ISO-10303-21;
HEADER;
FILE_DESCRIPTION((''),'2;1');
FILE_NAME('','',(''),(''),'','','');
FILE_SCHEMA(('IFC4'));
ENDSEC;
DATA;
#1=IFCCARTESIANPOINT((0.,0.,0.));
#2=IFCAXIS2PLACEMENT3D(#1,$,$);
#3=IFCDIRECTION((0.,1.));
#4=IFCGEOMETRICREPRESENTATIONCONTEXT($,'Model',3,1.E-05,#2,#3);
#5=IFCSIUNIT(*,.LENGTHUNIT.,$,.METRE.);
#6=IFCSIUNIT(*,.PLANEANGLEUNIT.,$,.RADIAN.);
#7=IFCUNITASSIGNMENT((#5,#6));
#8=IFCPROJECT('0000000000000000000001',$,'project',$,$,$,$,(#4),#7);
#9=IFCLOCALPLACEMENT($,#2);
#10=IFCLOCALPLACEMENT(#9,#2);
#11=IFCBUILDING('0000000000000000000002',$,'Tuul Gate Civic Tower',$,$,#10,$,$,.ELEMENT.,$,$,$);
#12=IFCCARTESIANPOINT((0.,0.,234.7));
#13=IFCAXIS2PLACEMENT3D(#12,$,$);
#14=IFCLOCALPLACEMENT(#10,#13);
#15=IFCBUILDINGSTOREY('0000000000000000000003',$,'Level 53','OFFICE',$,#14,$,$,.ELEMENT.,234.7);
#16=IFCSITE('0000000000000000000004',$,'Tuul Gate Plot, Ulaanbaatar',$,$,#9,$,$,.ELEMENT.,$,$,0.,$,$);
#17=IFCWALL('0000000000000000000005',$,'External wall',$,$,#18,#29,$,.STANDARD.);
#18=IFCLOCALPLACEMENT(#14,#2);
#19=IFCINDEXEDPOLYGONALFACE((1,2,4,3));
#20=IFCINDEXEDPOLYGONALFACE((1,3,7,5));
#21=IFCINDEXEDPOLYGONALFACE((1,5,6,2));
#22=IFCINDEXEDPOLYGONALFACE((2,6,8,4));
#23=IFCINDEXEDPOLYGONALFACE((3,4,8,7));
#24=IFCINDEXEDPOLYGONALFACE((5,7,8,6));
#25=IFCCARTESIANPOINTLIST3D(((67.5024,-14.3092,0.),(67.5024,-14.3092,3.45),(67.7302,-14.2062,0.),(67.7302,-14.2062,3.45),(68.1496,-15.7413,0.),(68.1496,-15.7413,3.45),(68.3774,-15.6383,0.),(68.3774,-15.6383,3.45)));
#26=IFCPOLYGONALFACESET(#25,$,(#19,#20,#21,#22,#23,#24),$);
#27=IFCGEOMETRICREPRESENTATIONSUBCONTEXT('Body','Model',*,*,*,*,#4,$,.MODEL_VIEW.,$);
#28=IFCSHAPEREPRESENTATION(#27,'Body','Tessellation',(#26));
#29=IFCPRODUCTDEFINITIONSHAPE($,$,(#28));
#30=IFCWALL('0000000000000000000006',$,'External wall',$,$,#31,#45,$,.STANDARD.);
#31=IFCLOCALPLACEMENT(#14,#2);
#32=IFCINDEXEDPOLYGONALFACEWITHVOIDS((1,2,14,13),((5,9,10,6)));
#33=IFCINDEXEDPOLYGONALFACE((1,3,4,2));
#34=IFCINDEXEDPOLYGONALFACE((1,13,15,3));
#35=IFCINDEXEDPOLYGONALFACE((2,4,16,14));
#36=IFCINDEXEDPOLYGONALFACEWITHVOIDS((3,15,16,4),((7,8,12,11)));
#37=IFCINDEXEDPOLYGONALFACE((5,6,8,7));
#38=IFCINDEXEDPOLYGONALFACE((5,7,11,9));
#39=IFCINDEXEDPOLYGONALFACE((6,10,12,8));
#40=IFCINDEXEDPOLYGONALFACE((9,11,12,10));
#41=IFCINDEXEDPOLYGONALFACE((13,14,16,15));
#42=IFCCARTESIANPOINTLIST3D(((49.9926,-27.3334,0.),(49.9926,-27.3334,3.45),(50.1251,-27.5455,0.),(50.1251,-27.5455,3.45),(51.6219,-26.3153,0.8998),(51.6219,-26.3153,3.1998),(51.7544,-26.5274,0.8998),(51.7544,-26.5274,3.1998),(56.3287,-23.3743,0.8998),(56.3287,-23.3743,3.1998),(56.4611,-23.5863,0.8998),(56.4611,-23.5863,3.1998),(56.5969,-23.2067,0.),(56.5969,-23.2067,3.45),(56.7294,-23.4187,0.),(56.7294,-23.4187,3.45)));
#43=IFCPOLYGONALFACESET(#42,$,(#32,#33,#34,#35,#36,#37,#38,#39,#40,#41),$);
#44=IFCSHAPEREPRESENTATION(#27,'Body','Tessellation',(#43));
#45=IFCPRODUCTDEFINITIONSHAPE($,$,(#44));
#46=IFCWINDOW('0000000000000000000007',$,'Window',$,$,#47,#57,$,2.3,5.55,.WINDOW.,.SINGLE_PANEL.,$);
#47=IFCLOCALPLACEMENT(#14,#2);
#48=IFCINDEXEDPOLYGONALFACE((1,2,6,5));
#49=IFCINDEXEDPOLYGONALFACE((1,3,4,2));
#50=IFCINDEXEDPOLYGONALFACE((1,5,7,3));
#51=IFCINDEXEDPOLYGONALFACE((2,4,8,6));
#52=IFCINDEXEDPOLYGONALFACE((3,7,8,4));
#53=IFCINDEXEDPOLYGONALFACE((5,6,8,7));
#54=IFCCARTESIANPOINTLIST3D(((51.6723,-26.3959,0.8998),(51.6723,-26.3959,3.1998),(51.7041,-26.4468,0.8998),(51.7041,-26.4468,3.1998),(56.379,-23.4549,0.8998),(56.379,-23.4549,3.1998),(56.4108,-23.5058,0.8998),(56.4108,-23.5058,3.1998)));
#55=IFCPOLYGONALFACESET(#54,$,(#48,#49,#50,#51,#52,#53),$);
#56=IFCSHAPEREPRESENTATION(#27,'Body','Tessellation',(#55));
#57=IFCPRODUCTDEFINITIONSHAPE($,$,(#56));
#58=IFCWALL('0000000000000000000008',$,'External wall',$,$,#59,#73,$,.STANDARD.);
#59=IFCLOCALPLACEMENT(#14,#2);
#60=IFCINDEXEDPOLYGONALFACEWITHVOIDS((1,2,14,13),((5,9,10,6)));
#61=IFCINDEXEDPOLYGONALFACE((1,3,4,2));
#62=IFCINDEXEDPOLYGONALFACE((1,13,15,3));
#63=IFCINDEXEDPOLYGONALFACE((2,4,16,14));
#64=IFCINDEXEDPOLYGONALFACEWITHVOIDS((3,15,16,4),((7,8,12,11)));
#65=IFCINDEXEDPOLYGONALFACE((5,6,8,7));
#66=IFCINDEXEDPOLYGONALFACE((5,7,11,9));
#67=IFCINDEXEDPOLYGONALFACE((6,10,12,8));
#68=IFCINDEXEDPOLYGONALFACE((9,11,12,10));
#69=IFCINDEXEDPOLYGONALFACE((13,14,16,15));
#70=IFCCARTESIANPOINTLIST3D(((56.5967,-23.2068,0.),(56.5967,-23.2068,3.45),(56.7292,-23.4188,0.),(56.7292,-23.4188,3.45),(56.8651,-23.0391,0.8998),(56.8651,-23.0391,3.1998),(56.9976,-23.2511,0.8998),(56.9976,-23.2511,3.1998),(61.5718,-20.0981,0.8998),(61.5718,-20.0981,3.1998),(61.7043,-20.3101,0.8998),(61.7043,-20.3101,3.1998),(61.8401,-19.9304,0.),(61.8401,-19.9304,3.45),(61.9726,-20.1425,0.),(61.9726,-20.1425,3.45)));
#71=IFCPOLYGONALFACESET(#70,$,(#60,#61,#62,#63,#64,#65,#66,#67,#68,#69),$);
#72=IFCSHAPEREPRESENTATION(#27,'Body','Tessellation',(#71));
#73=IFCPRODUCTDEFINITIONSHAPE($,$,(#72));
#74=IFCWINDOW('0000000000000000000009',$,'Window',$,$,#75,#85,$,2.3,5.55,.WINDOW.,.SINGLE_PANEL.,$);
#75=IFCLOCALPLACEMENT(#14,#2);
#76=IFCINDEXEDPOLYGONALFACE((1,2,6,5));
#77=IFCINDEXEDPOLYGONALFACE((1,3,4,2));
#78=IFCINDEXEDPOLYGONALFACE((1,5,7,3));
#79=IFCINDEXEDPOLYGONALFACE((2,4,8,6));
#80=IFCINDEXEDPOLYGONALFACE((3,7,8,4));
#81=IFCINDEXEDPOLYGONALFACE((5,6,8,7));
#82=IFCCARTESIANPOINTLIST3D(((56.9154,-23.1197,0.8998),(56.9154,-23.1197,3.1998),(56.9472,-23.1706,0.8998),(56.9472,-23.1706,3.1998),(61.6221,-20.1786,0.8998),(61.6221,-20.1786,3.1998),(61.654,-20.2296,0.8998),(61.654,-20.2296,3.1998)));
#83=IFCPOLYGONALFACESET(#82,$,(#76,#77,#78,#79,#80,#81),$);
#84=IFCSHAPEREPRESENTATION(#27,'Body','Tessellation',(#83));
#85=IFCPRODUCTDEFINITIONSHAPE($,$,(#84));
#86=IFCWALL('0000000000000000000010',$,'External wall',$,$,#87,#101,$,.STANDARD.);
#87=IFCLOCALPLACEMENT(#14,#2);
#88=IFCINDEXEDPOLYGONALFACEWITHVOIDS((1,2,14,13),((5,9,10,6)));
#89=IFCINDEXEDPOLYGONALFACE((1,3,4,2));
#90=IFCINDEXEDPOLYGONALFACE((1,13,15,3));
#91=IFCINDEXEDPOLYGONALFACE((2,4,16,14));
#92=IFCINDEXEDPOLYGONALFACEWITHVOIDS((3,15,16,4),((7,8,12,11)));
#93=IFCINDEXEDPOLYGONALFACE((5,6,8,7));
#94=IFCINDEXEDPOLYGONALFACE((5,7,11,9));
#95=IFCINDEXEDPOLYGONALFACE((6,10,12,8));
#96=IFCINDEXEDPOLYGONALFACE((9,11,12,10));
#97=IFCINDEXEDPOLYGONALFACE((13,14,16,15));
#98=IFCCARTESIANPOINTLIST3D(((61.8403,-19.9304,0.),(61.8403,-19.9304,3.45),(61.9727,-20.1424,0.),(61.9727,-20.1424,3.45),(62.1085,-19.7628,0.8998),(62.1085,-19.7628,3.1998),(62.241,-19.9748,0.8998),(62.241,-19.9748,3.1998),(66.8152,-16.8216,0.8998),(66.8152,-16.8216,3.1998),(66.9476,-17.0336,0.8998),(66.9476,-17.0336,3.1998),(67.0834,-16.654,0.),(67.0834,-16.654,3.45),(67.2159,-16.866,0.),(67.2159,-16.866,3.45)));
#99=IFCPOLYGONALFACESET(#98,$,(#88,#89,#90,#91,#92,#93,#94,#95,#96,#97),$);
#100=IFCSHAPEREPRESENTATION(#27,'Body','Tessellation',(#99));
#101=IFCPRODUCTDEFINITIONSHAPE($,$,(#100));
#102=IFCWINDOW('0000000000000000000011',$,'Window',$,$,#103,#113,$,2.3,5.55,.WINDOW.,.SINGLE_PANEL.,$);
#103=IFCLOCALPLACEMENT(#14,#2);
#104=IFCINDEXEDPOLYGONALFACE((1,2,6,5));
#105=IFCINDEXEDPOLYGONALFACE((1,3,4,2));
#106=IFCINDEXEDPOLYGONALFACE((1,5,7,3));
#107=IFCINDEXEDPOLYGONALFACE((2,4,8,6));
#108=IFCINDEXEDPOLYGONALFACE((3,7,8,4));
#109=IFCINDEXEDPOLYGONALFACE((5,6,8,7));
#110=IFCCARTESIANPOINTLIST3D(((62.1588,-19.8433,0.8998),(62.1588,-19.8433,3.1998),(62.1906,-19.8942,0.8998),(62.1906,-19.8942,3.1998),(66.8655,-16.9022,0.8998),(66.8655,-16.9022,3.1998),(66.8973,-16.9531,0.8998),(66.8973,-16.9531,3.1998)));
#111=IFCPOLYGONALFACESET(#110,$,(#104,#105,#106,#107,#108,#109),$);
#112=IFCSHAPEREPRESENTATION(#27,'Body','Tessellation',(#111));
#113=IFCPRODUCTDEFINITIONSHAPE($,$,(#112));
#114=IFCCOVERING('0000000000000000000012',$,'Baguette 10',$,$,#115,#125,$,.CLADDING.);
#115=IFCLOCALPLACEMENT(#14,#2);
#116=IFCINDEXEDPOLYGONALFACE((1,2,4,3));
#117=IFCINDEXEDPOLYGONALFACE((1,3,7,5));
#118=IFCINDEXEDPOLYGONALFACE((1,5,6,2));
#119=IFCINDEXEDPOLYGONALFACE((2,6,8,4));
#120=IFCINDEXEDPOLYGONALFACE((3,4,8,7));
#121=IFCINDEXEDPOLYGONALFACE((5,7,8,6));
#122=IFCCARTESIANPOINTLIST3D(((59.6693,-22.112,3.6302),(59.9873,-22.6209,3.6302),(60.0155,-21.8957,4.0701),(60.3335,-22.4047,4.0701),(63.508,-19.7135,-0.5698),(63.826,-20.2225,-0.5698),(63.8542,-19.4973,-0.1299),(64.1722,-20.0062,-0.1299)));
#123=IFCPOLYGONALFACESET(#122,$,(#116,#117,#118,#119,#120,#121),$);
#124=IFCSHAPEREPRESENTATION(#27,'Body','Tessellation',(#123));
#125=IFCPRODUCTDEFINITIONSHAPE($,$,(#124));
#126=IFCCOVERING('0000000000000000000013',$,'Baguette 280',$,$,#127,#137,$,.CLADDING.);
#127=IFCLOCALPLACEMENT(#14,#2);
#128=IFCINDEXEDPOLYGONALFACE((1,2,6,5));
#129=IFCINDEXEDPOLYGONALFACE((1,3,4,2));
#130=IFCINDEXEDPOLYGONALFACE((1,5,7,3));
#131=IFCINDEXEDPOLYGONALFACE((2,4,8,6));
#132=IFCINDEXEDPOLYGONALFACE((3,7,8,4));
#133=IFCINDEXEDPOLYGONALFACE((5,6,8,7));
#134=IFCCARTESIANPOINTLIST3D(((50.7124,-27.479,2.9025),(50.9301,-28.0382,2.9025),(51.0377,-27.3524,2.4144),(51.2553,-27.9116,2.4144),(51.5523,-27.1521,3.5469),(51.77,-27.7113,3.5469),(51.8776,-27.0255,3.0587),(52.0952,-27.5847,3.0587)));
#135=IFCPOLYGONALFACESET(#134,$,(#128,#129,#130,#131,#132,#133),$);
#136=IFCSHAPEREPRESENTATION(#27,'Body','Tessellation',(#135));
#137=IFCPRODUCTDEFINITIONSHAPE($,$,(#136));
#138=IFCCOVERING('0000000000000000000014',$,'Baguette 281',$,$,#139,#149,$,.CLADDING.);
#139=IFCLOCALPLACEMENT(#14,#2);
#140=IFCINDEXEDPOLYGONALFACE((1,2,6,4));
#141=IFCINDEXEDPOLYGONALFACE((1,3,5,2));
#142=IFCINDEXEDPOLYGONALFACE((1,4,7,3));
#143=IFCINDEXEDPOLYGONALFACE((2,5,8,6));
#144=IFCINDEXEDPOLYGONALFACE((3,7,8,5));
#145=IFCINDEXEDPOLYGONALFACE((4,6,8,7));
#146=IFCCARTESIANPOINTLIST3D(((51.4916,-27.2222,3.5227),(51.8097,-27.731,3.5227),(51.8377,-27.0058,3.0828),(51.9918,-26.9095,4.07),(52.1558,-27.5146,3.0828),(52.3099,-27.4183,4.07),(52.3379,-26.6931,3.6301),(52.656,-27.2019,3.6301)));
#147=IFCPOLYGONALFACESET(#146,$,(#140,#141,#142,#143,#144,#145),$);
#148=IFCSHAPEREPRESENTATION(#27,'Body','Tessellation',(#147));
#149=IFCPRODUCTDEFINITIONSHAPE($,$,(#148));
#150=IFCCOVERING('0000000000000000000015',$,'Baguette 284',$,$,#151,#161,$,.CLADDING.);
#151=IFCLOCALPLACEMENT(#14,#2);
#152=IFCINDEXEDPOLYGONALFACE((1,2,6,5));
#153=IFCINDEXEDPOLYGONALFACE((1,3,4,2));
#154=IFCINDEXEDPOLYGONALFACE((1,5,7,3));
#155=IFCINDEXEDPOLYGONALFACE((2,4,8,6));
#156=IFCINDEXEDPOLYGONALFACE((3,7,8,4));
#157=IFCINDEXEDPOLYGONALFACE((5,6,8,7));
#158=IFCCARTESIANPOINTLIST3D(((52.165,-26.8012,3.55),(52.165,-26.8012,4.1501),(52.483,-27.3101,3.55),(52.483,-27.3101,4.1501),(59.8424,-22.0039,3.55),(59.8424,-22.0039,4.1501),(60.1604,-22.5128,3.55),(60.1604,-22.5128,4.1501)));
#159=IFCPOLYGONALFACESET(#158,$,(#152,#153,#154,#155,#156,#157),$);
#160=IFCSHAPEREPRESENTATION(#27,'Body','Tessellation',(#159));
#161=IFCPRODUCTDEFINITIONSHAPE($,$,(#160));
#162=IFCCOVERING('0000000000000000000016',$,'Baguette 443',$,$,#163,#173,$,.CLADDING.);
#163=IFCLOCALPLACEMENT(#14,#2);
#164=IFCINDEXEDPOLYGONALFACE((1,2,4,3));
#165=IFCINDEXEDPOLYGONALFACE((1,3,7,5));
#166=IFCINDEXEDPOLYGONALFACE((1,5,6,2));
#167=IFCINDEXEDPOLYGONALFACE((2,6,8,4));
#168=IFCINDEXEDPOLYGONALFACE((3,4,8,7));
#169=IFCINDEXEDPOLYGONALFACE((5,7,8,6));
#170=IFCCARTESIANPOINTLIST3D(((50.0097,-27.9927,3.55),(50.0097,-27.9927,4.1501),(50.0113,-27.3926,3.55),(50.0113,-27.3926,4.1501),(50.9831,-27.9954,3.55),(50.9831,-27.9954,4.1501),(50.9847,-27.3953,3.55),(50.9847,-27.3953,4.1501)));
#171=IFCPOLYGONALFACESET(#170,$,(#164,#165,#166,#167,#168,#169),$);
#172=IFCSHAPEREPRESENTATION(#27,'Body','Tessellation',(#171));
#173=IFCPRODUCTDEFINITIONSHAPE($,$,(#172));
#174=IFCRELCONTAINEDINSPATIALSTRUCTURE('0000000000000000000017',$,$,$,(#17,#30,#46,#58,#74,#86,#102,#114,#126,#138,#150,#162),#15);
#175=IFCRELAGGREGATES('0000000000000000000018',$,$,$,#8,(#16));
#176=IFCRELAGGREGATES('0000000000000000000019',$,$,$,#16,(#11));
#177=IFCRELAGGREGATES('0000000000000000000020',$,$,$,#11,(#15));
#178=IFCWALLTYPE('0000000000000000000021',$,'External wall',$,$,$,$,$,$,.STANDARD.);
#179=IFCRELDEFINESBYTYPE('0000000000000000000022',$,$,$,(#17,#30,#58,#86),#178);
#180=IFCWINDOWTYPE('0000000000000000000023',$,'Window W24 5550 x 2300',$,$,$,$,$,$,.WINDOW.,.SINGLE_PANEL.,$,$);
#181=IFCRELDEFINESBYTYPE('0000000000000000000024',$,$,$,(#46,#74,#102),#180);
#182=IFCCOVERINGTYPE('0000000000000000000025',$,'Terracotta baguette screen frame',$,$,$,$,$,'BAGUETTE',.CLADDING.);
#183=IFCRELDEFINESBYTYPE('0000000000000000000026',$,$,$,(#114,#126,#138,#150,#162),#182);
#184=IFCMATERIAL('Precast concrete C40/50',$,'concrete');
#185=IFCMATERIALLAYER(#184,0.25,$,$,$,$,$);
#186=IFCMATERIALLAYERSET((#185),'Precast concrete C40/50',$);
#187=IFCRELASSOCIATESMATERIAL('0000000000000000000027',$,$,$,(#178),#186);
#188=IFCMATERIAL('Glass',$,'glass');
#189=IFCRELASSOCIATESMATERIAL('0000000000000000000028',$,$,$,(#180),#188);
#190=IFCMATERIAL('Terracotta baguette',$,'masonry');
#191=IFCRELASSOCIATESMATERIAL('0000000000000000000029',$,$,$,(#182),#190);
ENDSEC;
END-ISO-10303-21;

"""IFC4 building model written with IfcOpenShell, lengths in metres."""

from ifc_helpers import new_model, si_unit, direction, frame, frame_2d, origin, origin_2d, place, context, subcontext, project, spatial, rectangle, extrude, material, layer, layer_set, material_profile, profile_set, type_object, element, fill, save


model = new_model("IFC4")

# Units and contexts
model_context = context("Model", 3, precision=1e-05, world=origin(), true_north=direction((0.0, 1.0)))
body_context = subcontext(model_context, "Body", "Model", "MODEL_VIEW")
ifc_project = project(units=[si_unit("LENGTHUNIT", "METRE"), si_unit("PLANEANGLEUNIT", "RADIAN")], contexts=[model_context])

# Site, building, storey
site_placement = place(None, origin())
site = spatial("IfcSite", under=ifc_project, at=site_placement, Name="Tuul Gate Plot, Ulaanbaatar", CompositionType="ELEMENT", RefElevation=0.0)
building_placement = place(site_placement, origin())
building = spatial("IfcBuilding", under=site, at=building_placement, Name="Tuul Gate Civic Tower", CompositionType="ELEMENT")
storey_placement = place(building_placement, frame((0.0, 0.0, 234.7)))
storey = spatial("IfcBuildingStorey", under=building, at=storey_placement, Name="Level 53", Description="OFFICE", CompositionType="ELEMENT", Elevation=234.7)

# Wall
ifc_material_1 = material(Name="Precast concrete C40/50", Category="concrete")
ifc_layer = layer(ifc_material_1, 0.25)
ifc_layer_set = layer_set([ifc_layer], Name="Precast concrete C40/50")
wall_type = type_object("IfcWallType", Name="External wall", PredefinedType="STANDARD", material=ifc_layer_set)
wall_1_placement = place(storey_placement, frame((68.2634, -15.6897, 0.0), z_axis=(0.0, 0.0, 1.0), x_axis=(-0.411824, 0.911263, 0.0)))
element("IfcWall", 1, at=wall_1_placement, inside=storey, type_object=wall_type, Name="External wall", PredefinedType="STANDARD", context=body_context, shape_type="SweptSolid", body=[
    extrude(rectangle(XDim=1.5715, YDim=0.25, at=frame_2d((0.7856, 0.0))), origin(), (0.0, 0.0, 1.0), 3.45),
])

# Walls, openings, windows
wall_2_placement = place(storey_placement, frame((50.0588, -27.4395, 0.0), z_axis=(0.0, 0.0, 1.0), x_axis=(0.848053, 0.529912, 0.0)))
wall_2 = element("IfcWall", 2, at=wall_2_placement, inside=storey, type_object=wall_type, Name="External wall", PredefinedType="STANDARD", context=body_context, shape_type="SweptSolid", body=[
    extrude(rectangle(XDim=7.7876, YDim=0.25, at=frame_2d((3.8938, 0.0))), origin(), (0.0, 0.0, 1.0), 3.45),
])
opening_1_placement = place(wall_2_placement, frame((1.9214, 0.0, 0.8999)))
opening_1 = element("IfcOpeningElement", 3, at=opening_1_placement, cuts=wall_2, PredefinedType="OPENING", context=body_context, shape_type="SweptSolid", body=[
    extrude(rectangle(XDim=5.55, YDim=2.3, at=frame_2d((2.7749, 1.1499))), frame((0.0, 0.135, 0.0), z_axis=(0.0, -1.0, 0.0), x_axis=(1.0, 0.0, 0.0)), (0.0, 0.0, 1.0), 0.27),
])
ifc_material_2 = material(Name="Glass", Category="glass")
window_type = type_object("IfcWindowType", Name="Window W24 5550 x 2300", PartitioningType="SINGLE_PANEL", PredefinedType="WINDOW", material=ifc_material_2)
window_1_placement = place(opening_1_placement, origin())
window_1 = element("IfcWindow", 4, at=window_1_placement, inside=storey, type_object=window_type, Name="Window", OverallHeight=2.3, OverallWidth=5.55, PartitioningType="SINGLE_PANEL", PredefinedType="WINDOW", context=body_context, shape_type="SweptSolid", body=[
    extrude(rectangle(XDim=5.55, YDim=2.3, at=frame_2d((2.7749, 1.1499))), frame((0.0, 0.03, 0.0), z_axis=(0.0, -1.0, 0.0), x_axis=(1.0, 0.0, 0.0)), (0.0, 0.0, 1.0), 0.0601),
])
fill(opening_1, window_1)
wall_3_placement = place(storey_placement, frame((56.6631, -23.3127, 0.0), z_axis=(0.0, 0.0, 1.0), x_axis=(0.848054, 0.52991, 0.0)))
wall_3 = element("IfcWall", 5, at=wall_3_placement, inside=storey, type_object=wall_type, Name="External wall", PredefinedType="STANDARD", context=body_context, shape_type="SweptSolid", body=[
    extrude(rectangle(XDim=6.1829, YDim=0.25, at=frame_2d((3.0913, 0.0))), origin(), (0.0, 0.0, 1.0), 3.45),
])
opening_2_placement = place(wall_3_placement, frame((0.3164, 0.0, 0.8999)))
opening_2 = element("IfcOpeningElement", 6, at=opening_2_placement, cuts=wall_3, PredefinedType="OPENING", context=body_context, shape_type="SweptSolid", body=[
    extrude(rectangle(XDim=5.55, YDim=2.3, at=frame_2d((2.7749, 1.1499))), frame((0.0, 0.135, 0.0), z_axis=(0.0, -1.0, 0.0), x_axis=(1.0, 0.0, 0.0)), (0.0, 0.0, 1.0), 0.27),
])
window_2_placement = place(opening_2_placement, origin())
window_2 = element("IfcWindow", 7, at=window_2_placement, inside=storey, type_object=window_type, Name="Window", OverallHeight=2.3, OverallWidth=5.55, PartitioningType="SINGLE_PANEL", PredefinedType="WINDOW", context=body_context, shape_type="SweptSolid", body=[
    extrude(rectangle(XDim=5.55, YDim=2.3, at=frame_2d((2.7749, 1.1499))), frame((0.0, 0.03, 0.0), z_axis=(0.0, -1.0, 0.0), x_axis=(1.0, 0.0, 0.0)), (0.0, 0.0, 1.0), 0.0601),
])
fill(opening_2, window_2)
wall_4_placement = place(storey_placement, frame((61.9065, -20.0364, 0.0), z_axis=(0.0, 0.0, 1.0), x_axis=(0.848043, 0.529928, 0.0)))
wall_4 = element("IfcWall", 8, at=wall_4_placement, inside=storey, type_object=wall_type, Name="External wall", PredefinedType="STANDARD", context=body_context, shape_type="SweptSolid", body=[
    extrude(rectangle(XDim=6.1826, YDim=0.25, at=frame_2d((3.0913, 0.0))), origin(), (0.0, 0.0, 1.0), 3.45),
])
opening_3_placement = place(wall_4_placement, frame((0.3164, 0.0, 0.8999)))
opening_3 = element("IfcOpeningElement", 9, at=opening_3_placement, cuts=wall_4, PredefinedType="OPENING", context=body_context, shape_type="SweptSolid", body=[
    extrude(rectangle(XDim=5.55, YDim=2.3, at=frame_2d((2.7749, 1.1499))), frame((0.0, 0.135, 0.0), z_axis=(0.0, -1.0, 0.0), x_axis=(1.0, 0.0, 0.0)), (0.0, 0.0, 1.0), 0.27),
])
window_3_placement = place(opening_3_placement, origin())
window_3 = element("IfcWindow", 10, at=window_3_placement, inside=storey, type_object=window_type, Name="Window", OverallHeight=2.3, OverallWidth=5.55, PartitioningType="SINGLE_PANEL", PredefinedType="WINDOW", context=body_context, shape_type="SweptSolid", body=[
    extrude(rectangle(XDim=5.55, YDim=2.3, at=frame_2d((2.7749, 1.1499))), frame((0.0, 0.03, 0.0), z_axis=(0.0, -1.0, 0.0), x_axis=(1.0, 0.0, 0.0)), (0.0, 0.0, 1.0), 0.0601),
])
fill(opening_3, window_3)

# Coverings
ifc_material_3 = material(Name="Terracotta baguette", Category="masonry")
ifc_material_profile_1 = material_profile(ifc_material_3, rectangle(XDim=0.6001, YDim=0.6001, at=origin_2d()), Name="Terracotta baguette screen frame")
ifc_profile_set_1 = profile_set([ifc_material_profile_1], Name="Terracotta baguette")
covering_type = type_object("IfcCoveringType", Name="Terracotta baguette screen frame", ElementType="BAGUETTE", PredefinedType="CLADDING", material=ifc_profile_set_1)
covering_1_placement = place(storey_placement, frame((63.8401, -19.8599, -0.3499), z_axis=(-0.621668, -0.388429, 0.680185), x_axis=(0.529887, -0.848068, 0.0)))
element("IfcCovering", 11, at=covering_1_placement, inside=storey, type_object=covering_type, Name="Baguette 10", PredefinedType="CLADDING", context=body_context, shape_type="SweptSolid", body=[
    extrude(rectangle(XDim=0.6001, YDim=0.6001, at=origin_2d()), origin(), (0.0, 0.0, 1.0), 6.1748),
])
covering_2_placement = place(storey_placement, frame((50.9839, -27.6953, 2.6584), z_axis=(0.758091, 0.295083, 0.58157), x_axis=(-0.362734, 0.931893, 0.0)))
element("IfcCovering", 12, at=covering_2_placement, inside=storey, type_object=covering_type, Name="Baguette 280", PredefinedType="CLADDING", context=body_context, shape_type="SweptSolid", body=[
    extrude(rectangle(XDim=0.6001, YDim=0.6001, at=origin_2d()), origin(), (0.0, 0.0, 1.0), 1.1079),
])
covering_3_placement = place(storey_placement, frame((51.8237, -27.3684, 3.3027), z_axis=(0.621597, 0.388612, 0.680146), x_axis=(-0.530111, 0.847929, 0.0)))
element("IfcCovering", 13, at=covering_3_placement, inside=storey, type_object=covering_type, Name="Baguette 281", PredefinedType="CLADDING", context=body_context, shape_type="SweptSolid", body=[
    extrude(rectangle(XDim=0.6001, YDim=0.6001, at=origin_2d()), origin(), (0.0, 0.0, 1.0), 0.8047),
])
covering_4_placement = place(storey_placement, frame((52.324, -27.0557, 3.8501), z_axis=(0.848051, 0.529914, 0.0), x_axis=(-0.529914, 0.848051, 0.0)))
element("IfcCovering", 14, at=covering_4_placement, inside=storey, type_object=covering_type, Name="Baguette 284", PredefinedType="CLADDING", context=body_context, shape_type="SweptSolid", body=[
    extrude(rectangle(XDim=0.6001, YDim=0.6001, at=origin_2d()), origin(), (0.0, 0.0, 1.0), 9.053),
])
covering_5_placement = place(storey_placement, frame((50.0105, -27.6926, 3.8501), z_axis=(0.999996, -0.002759, 0.0), x_axis=(0.002759, 0.999996, 0.0)))
element("IfcCovering", 15, at=covering_5_placement, inside=storey, type_object=covering_type, Name="Baguette 443", PredefinedType="CLADDING", context=body_context, shape_type="SweptSolid", body=[
    extrude(rectangle(XDim=0.6001, YDim=0.6001, at=origin_2d()), origin(), (0.0, 0.0, 1.0), 0.9734),
])

save(model, "model.ifc")
